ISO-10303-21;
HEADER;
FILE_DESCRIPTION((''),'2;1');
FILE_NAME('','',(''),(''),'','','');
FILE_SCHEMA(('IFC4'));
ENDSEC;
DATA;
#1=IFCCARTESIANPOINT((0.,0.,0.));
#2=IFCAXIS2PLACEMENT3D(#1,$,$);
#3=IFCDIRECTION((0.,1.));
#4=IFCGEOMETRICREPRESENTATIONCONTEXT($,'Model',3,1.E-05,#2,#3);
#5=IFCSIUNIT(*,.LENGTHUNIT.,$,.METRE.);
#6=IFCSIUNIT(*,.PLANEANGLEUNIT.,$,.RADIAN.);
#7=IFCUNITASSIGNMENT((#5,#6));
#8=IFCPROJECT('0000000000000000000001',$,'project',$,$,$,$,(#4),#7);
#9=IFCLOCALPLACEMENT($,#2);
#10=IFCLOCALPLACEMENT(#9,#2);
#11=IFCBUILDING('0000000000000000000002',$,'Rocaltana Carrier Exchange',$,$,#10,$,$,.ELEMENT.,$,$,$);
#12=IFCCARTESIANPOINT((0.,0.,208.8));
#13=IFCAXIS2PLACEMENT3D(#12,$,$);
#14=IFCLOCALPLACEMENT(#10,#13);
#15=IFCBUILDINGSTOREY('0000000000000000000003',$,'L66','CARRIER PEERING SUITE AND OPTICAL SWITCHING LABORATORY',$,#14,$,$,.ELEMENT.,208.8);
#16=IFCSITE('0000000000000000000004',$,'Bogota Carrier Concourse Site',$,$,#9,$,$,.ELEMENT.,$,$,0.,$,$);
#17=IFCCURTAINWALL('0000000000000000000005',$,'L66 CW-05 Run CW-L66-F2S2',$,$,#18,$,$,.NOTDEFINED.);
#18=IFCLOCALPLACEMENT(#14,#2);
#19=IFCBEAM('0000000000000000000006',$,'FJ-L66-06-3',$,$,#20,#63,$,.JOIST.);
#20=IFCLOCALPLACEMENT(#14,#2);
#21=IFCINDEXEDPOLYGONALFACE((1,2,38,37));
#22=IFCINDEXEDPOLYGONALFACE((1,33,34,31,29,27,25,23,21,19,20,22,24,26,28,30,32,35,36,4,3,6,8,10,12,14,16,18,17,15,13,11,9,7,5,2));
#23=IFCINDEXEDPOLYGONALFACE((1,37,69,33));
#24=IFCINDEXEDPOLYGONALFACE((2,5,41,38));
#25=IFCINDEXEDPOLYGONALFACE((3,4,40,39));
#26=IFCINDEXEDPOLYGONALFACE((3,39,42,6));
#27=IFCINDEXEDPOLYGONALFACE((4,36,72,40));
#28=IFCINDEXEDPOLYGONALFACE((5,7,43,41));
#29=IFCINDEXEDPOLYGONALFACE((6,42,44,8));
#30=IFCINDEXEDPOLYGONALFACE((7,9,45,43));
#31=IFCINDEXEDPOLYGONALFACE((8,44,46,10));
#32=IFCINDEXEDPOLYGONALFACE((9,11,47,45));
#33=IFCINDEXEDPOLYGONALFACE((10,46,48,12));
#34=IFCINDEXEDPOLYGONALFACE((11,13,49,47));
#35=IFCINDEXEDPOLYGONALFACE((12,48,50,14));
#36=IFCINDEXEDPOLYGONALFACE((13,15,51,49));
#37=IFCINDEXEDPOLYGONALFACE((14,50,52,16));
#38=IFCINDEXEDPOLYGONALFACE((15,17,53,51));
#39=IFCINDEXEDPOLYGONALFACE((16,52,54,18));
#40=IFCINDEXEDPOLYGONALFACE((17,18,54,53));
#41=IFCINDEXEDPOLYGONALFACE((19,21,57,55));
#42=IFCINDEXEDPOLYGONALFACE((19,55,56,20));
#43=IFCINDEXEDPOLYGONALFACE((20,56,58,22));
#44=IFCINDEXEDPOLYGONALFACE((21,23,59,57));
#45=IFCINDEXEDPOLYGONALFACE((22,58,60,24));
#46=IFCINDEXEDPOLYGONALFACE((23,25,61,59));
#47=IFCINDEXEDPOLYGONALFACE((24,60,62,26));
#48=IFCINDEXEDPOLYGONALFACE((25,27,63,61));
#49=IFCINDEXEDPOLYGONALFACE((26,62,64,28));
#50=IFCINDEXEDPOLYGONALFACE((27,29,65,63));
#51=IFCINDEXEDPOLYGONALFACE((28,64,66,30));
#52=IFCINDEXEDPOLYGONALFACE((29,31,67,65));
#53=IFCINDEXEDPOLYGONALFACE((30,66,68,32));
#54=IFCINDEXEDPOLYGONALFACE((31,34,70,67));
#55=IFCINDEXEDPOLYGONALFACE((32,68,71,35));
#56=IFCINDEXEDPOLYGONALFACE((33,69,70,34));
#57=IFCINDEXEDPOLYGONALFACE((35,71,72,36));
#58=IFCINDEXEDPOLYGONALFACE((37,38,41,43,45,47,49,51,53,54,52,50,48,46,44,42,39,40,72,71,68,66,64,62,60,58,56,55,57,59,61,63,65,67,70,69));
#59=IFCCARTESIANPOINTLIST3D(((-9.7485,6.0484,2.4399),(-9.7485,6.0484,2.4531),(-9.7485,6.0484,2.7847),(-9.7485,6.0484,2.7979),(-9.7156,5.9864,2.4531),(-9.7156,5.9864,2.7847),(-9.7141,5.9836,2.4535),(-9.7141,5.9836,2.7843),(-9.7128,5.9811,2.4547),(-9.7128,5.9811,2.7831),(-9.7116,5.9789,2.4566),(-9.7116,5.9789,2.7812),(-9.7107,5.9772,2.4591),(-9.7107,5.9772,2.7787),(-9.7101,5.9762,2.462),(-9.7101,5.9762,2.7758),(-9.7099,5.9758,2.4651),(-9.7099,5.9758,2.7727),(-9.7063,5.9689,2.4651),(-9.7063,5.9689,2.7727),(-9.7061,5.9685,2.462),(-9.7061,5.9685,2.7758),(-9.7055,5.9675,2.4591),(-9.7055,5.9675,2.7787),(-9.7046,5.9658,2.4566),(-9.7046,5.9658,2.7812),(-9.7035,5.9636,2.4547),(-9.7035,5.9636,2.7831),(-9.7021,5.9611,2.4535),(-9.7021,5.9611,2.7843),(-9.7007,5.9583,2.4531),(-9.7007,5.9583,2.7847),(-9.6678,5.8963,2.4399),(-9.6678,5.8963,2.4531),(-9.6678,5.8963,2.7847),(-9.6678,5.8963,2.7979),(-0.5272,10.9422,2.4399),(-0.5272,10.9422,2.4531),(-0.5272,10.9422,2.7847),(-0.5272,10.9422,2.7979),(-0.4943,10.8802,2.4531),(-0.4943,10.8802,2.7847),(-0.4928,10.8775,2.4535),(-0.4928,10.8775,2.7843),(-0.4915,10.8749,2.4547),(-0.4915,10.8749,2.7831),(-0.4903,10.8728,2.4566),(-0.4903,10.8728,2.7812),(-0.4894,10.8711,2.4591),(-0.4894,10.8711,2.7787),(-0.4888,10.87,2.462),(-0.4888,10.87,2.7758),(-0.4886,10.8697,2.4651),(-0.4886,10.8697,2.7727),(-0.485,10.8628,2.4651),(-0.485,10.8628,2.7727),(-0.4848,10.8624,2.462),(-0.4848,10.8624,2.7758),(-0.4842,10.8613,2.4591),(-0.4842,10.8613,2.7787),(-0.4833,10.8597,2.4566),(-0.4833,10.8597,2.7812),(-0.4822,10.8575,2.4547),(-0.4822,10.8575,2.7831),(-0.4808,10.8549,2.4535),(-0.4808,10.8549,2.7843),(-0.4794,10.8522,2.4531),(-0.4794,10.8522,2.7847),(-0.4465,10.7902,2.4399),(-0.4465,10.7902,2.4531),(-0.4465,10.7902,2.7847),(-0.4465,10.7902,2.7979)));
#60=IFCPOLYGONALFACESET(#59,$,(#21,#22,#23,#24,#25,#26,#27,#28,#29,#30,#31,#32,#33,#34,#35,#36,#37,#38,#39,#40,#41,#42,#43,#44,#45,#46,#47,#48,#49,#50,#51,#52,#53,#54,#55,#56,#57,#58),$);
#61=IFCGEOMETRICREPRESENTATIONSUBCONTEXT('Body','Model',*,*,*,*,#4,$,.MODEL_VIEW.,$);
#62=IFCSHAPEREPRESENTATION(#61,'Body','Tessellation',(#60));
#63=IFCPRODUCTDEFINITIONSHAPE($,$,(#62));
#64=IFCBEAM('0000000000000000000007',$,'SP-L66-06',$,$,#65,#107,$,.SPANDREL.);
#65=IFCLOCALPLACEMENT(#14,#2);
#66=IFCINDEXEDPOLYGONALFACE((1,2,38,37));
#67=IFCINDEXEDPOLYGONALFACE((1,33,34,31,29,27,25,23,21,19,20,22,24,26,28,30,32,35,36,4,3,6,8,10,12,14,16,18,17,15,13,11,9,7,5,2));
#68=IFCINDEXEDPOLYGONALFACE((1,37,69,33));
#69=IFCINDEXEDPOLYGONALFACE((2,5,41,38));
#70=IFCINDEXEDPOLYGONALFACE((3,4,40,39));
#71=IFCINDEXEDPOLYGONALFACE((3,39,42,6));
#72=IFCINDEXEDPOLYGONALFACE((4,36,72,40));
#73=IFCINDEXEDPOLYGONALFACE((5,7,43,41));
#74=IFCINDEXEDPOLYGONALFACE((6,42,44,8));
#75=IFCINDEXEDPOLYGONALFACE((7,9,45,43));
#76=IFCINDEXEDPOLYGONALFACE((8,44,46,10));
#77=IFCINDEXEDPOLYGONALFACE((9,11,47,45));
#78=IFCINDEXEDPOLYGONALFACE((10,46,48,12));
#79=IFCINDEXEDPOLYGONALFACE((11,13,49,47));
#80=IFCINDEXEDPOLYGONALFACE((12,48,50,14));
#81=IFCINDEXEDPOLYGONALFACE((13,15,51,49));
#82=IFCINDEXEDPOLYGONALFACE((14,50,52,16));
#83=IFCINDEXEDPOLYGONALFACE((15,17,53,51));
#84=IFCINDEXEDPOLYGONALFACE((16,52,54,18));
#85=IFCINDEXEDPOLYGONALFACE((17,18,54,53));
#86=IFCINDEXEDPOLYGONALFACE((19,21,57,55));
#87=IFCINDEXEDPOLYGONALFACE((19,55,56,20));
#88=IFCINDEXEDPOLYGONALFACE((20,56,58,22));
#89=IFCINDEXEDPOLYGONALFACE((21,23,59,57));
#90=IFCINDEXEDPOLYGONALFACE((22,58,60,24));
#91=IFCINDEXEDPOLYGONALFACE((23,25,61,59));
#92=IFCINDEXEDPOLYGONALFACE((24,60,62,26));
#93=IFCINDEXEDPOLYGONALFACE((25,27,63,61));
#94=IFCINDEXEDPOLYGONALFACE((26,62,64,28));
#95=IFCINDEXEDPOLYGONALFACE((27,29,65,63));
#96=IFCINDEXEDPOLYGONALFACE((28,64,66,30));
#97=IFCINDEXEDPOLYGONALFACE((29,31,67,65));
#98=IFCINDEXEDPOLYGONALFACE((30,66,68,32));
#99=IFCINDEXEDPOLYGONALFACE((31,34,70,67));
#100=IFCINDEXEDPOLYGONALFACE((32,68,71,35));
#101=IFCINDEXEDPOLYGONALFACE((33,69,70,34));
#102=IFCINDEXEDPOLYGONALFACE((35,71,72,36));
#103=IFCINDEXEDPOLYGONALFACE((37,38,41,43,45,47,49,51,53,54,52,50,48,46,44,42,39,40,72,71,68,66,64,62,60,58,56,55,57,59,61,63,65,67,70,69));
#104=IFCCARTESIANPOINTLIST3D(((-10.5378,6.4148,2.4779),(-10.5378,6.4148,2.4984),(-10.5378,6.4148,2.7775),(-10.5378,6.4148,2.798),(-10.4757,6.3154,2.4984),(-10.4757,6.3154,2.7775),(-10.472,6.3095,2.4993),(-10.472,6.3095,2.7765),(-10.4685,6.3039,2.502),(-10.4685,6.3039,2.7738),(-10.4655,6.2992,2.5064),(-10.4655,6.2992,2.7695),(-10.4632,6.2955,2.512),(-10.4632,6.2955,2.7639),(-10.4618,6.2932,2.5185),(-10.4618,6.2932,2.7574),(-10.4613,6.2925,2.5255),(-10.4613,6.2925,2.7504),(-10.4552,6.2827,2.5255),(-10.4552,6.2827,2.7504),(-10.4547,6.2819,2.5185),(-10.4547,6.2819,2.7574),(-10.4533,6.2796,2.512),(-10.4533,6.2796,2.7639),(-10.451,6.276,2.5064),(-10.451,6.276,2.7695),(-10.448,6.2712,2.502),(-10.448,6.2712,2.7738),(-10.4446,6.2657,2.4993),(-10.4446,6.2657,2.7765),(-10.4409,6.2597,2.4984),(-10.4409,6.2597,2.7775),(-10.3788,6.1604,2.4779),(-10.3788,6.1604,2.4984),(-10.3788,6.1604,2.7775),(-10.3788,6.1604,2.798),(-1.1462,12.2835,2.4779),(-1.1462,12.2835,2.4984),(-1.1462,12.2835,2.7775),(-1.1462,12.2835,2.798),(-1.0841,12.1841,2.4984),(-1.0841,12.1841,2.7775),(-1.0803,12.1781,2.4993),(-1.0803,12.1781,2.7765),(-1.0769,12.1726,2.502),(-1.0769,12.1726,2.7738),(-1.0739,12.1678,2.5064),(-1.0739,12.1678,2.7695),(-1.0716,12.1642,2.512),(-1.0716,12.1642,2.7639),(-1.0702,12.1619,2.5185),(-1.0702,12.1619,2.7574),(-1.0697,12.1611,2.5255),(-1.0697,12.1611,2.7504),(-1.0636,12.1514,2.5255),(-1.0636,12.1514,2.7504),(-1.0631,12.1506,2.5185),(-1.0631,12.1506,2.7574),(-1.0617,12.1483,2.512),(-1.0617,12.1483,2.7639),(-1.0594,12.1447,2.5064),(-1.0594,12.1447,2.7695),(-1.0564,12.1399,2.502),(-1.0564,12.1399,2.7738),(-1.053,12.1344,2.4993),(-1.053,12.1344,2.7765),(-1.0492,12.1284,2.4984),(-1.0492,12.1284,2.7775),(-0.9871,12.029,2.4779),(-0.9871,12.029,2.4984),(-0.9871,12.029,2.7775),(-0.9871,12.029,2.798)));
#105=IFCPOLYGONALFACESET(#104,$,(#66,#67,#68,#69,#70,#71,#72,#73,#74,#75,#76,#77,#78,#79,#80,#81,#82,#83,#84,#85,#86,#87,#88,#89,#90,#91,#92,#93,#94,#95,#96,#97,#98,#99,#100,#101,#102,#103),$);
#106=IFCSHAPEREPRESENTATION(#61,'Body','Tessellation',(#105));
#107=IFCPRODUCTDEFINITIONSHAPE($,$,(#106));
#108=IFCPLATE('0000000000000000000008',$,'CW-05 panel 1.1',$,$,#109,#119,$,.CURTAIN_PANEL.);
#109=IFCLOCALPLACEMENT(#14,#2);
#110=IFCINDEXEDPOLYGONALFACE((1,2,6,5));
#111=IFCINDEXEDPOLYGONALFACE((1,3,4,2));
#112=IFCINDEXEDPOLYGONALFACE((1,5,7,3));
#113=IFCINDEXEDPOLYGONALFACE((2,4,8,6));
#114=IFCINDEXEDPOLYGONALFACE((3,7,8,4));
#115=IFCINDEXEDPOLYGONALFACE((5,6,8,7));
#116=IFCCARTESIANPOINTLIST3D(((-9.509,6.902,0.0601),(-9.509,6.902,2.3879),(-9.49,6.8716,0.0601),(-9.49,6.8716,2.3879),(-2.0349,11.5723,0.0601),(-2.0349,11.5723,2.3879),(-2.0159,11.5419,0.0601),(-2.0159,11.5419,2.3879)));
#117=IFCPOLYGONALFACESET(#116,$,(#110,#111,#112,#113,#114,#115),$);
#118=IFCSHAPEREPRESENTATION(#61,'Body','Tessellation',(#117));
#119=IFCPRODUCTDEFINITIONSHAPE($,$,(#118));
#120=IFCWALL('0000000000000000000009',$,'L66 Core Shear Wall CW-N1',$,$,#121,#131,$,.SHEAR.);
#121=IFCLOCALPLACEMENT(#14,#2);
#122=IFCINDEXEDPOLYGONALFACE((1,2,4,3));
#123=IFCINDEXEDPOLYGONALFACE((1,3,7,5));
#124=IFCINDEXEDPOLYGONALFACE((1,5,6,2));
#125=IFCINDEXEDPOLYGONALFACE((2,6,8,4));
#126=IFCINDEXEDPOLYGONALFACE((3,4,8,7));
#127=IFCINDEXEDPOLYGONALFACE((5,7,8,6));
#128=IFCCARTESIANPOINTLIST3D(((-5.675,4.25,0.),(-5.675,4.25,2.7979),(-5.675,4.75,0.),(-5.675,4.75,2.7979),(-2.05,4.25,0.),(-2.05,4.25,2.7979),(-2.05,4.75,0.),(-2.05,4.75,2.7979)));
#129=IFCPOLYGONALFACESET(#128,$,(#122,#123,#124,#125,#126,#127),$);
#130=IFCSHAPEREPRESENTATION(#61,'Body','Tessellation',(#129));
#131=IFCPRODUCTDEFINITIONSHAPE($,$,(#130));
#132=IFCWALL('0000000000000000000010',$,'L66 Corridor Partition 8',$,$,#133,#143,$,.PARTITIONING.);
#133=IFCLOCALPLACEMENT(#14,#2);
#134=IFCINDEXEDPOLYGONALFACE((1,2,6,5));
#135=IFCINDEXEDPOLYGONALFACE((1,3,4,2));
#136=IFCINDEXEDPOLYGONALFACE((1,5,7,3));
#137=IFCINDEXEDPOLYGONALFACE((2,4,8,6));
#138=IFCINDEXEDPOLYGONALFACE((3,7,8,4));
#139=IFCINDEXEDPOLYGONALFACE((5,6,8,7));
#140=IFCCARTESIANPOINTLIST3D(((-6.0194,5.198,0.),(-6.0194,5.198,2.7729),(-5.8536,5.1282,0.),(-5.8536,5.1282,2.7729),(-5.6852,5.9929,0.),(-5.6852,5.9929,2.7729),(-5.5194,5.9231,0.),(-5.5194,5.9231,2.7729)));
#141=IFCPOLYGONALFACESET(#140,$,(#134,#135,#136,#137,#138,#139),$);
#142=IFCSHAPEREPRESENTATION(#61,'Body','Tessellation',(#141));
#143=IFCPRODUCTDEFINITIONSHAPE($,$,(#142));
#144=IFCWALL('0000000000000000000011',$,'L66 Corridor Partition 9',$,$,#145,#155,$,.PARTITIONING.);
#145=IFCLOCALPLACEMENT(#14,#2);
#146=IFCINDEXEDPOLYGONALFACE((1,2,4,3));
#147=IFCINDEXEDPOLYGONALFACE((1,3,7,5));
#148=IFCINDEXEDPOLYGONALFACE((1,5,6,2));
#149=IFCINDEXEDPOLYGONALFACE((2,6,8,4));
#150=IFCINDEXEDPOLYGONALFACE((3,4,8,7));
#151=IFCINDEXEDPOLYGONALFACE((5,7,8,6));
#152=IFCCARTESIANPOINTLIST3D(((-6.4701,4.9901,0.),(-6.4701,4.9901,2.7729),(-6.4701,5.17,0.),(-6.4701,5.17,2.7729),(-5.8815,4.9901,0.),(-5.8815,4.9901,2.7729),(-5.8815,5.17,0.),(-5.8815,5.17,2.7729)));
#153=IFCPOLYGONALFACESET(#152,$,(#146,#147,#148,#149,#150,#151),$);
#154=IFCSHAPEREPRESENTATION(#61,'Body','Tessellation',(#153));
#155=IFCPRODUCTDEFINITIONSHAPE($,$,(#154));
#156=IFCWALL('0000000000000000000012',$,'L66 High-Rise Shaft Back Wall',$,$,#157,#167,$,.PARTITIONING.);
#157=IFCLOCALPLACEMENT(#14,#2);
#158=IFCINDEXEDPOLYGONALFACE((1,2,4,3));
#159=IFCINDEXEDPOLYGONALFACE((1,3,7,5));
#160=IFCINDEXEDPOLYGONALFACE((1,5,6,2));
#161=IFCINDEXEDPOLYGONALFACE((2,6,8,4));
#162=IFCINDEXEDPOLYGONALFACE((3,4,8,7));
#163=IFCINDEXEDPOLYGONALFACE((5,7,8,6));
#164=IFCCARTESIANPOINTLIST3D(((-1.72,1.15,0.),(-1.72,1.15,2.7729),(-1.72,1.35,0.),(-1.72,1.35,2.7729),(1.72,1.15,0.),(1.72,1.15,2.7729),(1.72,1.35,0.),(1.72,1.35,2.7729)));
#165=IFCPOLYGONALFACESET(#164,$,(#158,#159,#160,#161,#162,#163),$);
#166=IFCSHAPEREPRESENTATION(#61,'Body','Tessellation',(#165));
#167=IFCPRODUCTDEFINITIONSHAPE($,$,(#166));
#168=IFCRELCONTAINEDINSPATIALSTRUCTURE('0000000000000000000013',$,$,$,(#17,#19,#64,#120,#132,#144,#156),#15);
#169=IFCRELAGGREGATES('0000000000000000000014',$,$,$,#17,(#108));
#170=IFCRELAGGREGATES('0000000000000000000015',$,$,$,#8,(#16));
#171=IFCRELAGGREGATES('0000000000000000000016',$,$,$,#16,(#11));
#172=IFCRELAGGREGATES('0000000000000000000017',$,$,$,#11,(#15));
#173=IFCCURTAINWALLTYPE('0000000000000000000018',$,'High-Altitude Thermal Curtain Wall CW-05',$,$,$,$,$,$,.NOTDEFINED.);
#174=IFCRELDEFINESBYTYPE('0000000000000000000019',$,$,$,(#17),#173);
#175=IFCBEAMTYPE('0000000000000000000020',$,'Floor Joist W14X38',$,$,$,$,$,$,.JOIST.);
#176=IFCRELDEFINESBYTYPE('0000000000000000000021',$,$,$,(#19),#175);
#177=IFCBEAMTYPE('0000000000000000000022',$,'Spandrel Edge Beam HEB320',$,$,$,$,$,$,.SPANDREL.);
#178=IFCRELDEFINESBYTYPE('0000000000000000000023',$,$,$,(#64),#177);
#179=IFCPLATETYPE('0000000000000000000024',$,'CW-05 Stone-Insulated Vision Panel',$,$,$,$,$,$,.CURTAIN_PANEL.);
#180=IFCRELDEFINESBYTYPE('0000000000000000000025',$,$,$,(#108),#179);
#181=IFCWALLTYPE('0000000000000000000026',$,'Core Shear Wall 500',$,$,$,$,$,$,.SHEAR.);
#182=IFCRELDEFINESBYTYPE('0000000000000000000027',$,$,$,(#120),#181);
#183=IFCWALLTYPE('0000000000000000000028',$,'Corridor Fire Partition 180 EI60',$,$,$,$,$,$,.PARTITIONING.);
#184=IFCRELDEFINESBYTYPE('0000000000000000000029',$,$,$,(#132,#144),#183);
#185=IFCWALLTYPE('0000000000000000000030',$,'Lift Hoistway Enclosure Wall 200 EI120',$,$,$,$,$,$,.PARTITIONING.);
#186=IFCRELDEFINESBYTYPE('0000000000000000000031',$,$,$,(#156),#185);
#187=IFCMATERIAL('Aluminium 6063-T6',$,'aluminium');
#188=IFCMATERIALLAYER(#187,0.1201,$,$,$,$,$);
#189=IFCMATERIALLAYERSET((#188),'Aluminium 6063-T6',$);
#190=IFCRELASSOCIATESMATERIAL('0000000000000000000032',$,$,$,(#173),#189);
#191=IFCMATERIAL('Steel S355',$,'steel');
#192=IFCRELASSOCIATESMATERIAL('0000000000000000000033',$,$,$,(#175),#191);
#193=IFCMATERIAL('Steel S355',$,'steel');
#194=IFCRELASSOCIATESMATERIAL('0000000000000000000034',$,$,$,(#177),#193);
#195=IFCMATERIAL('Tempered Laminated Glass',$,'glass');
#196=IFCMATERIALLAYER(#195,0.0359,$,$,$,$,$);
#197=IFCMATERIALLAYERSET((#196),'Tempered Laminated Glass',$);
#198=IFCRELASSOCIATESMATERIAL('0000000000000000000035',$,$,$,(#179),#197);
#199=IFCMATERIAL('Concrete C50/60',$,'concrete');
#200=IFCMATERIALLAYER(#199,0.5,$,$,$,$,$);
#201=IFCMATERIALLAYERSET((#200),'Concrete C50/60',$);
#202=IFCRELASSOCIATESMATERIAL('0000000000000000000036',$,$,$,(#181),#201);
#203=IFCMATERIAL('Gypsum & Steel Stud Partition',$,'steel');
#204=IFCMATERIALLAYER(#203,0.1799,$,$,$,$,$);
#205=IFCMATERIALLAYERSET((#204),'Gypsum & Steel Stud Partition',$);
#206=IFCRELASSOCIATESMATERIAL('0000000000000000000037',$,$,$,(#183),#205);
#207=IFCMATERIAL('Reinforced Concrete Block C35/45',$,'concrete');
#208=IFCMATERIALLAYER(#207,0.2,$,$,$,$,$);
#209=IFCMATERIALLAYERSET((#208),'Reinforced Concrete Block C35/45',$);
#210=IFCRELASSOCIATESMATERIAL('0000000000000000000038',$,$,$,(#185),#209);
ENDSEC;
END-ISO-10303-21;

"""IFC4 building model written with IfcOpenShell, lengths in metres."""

from ifc_helpers import new_model, si_unit, direction, frame, frame_2d, origin, origin_2d, place, context, subcontext, project, spatial, rectangle, i_section, extrude, material, layer, layer_set, material_profile, profile_set, type_object, element, aggregate, save


model = new_model("IFC4")

# Units and contexts
model_context = context("Model", 3, precision=1e-05, world=origin(), true_north=direction((0.0, 1.0)))
body_context = subcontext(model_context, "Body", "Model", "MODEL_VIEW")
ifc_project = project(units=[si_unit("LENGTHUNIT", "METRE"), si_unit("PLANEANGLEUNIT", "RADIAN")], contexts=[model_context])

# Site, building, storey
site_placement = place(None, origin())
site = spatial("IfcSite", under=ifc_project, at=site_placement, Name="Bogota Carrier Concourse Site", CompositionType="ELEMENT", RefElevation=0.0)
building_placement = place(site_placement, origin())
building = spatial("IfcBuilding", under=site, at=building_placement, Name="Rocaltana Carrier Exchange", CompositionType="ELEMENT")
storey_placement = place(building_placement, frame((0.0, 0.0, 208.8)))
storey = spatial("IfcBuildingStorey", under=building, at=storey_placement, Name="L66", Description="CARRIER PEERING SUITE AND OPTICAL SWITCHING LABORATORY", CompositionType="ELEMENT", Elevation=208.8)

# Curtain wall
ifc_material_1 = material(Name="Aluminium 6063-T6", Category="aluminium")
ifc_layer_1 = layer(ifc_material_1, 0.1201)
ifc_layer_set_1 = layer_set([ifc_layer_1], Name="Aluminium 6063-T6")
curtain_wall_type = type_object("IfcCurtainWallType", Name="High-Altitude Thermal Curtain Wall CW-05", PredefinedType="NOTDEFINED", material=ifc_layer_set_1)
curtain_wall_placement = place(storey_placement, origin())
curtain_wall = element("IfcCurtainWall", 1, at=curtain_wall_placement, inside=storey, type_object=curtain_wall_type, Name="L66 CW-05 Run CW-L66-F2S2", PredefinedType="NOTDEFINED")

# Beams
ifc_material_2 = material(Name="Steel S355", Category="steel")
ifc_material_profile_1 = material_profile(ifc_material_2, i_section(OverallWidth=0.1721, OverallDepth=0.3579, WebThickness=0.0078, FlangeThickness=0.0132, FilletRadius=0.012, at=origin_2d()), Name="W14X38")
ifc_profile_set_1 = profile_set([ifc_material_profile_1], Name="Steel S355")
beam_type_1 = type_object("IfcBeamType", Name="Floor Joist W14X38", PredefinedType="JOIST", material=ifc_profile_set_1)
beam_1_placement = place(storey_placement, frame((-0.4868, 10.8662, 2.6189), z_axis=(-0.883312, -0.468785, 0.0), x_axis=(0.468785, -0.883312, 0.0)))
element("IfcBeam", 2, at=beam_1_placement, inside=storey, type_object=beam_type_1, Name="FJ-L66-06-3", PredefinedType="JOIST", context=body_context, shape_type="SweptSolid", body=[
    extrude(i_section(OverallWidth=0.1721, OverallDepth=0.3579, WebThickness=0.0078, FlangeThickness=0.0132, FilletRadius=0.012, at=origin_2d()), origin(), (0.0, 0.0, 1.0), 10.4395),
])
ifc_material_3 = material(Name="Steel S355", Category="steel")
ifc_material_profile_2 = material_profile(ifc_material_3, i_section(OverallWidth=0.3, OverallDepth=0.3201, WebThickness=0.0115, FlangeThickness=0.0205, FilletRadius=0.0271, at=origin_2d()), Name="HEB320")
ifc_profile_set_2 = profile_set([ifc_material_profile_2], Name="Steel S355")
beam_type_2 = type_object("IfcBeamType", Name="Spandrel Edge Beam HEB320", PredefinedType="SPANDREL", material=ifc_profile_set_2)
beam_2_placement = place(storey_placement, frame((-1.0667, 12.1562, 2.6379), z_axis=(-0.848043, -0.529928, 0.0), x_axis=(0.529928, -0.848043, 0.0)))
element("IfcBeam", 3, at=beam_2_placement, inside=storey, type_object=beam_type_2, Name="SP-L66-06", PredefinedType="SPANDREL", context=body_context, shape_type="SweptSolid", body=[
    extrude(i_section(OverallWidth=0.3, OverallDepth=0.3201, WebThickness=0.0115, FlangeThickness=0.0205, FilletRadius=0.0271, at=origin_2d()), origin(), (0.0, 0.0, 1.0), 11.0745),
])

# Plate
ifc_material_4 = material(Name="Tempered Laminated Glass", Category="glass")
ifc_layer_2 = layer(ifc_material_4, 0.0359)
ifc_layer_set_2 = layer_set([ifc_layer_2], Name="Tempered Laminated Glass")
plate_type = type_object("IfcPlateType", Name="CW-05 Stone-Insulated Vision Panel", PredefinedType="CURTAIN_PANEL", material=ifc_layer_set_2)
plate_placement = place(storey_placement, frame((-5.7625, 9.2219, 0.0601), z_axis=(0.0, 0.0, 1.0), x_axis=(-0.848047, -0.52992, 0.0)))
plate = element("IfcPlate", 4, at=plate_placement, type_object=plate_type, Name="CW-05 panel 1.1", PredefinedType="CURTAIN_PANEL", context=body_context, shape_type="SweptSolid", body=[
    extrude(rectangle(XDim=8.8132, YDim=0.0359, at=origin_2d()), origin(), (0.0, 0.0, 1.0), 2.3279),
])
aggregate(curtain_wall, [plate])

# Walls
ifc_material_5 = material(Name="Concrete C50/60", Category="concrete")
ifc_layer_3 = layer(ifc_material_5, 0.5)
ifc_layer_set_3 = layer_set([ifc_layer_3], Name="Concrete C50/60")
wall_type_1 = type_object("IfcWallType", Name="Core Shear Wall 500", PredefinedType="SHEAR", material=ifc_layer_set_3)
wall_1_placement = place(storey_placement, frame((-5.675, 4.5, 0.0), z_axis=(0.0, 0.0, 1.0), x_axis=(1.0, 0.0, 0.0)))
element("IfcWall", 5, at=wall_1_placement, inside=storey, type_object=wall_type_1, Name="L66 Core Shear Wall CW-N1", PredefinedType="SHEAR", context=body_context, shape_type="SweptSolid", body=[
    extrude(rectangle(XDim=3.625, YDim=0.5, at=frame_2d((1.8125, 0.0))), origin(), (0.0, 0.0, 1.0), 2.7979),
])
ifc_material_6 = material(Name="Gypsum & Steel Stud Partition", Category="steel")
ifc_layer_4 = layer(ifc_material_6, 0.1799)
ifc_layer_set_4 = layer_set([ifc_layer_4], Name="Gypsum & Steel Stud Partition")
wall_type_2 = type_object("IfcWallType", Name="Corridor Fire Partition 180 EI60", PredefinedType="PARTITIONING", material=ifc_layer_set_4)
wall_2_placement = place(storey_placement, frame((-5.6023, 5.958, 0.0), z_axis=(0.0, 0.0, 1.0), x_axis=(-0.387589, -0.921832, 0.0)))
element("IfcWall", 6, at=wall_2_placement, inside=storey, type_object=wall_type_2, Name="L66 Corridor Partition 8", PredefinedType="PARTITIONING", context=body_context, shape_type="SweptSolid", body=[
    extrude(rectangle(XDim=0.8623, YDim=0.1799, at=frame_2d((0.4312, 0.0))), origin(), (0.0, 0.0, 1.0), 2.7729),
])
wall_3_placement = place(storey_placement, frame((-5.8813, 5.0801, 0.0), z_axis=(0.0, 0.0, 1.0), x_axis=(-1.0, 0.0, 0.0)))
element("IfcWall", 7, at=wall_3_placement, inside=storey, type_object=wall_type_2, Name="L66 Corridor Partition 9", PredefinedType="PARTITIONING", context=body_context, shape_type="SweptSolid", body=[
    extrude(rectangle(XDim=0.5886, YDim=0.1799, at=frame_2d((0.2944, 0.0))), origin(), (0.0, 0.0, 1.0), 2.7729),
])
ifc_material_7 = material(Name="Reinforced Concrete Block C35/45", Category="concrete")
ifc_layer_5 = layer(ifc_material_7, 0.2)
ifc_layer_set_5 = layer_set([ifc_layer_5], Name="Reinforced Concrete Block C35/45")
wall_type_3 = type_object("IfcWallType", Name="Lift Hoistway Enclosure Wall 200 EI120", PredefinedType="PARTITIONING", material=ifc_layer_set_5)
wall_4_placement = place(storey_placement, frame((-1.72, 1.25, 0.0), z_axis=(0.0, 0.0, 1.0), x_axis=(1.0, 0.0, 0.0)))
element("IfcWall", 8, at=wall_4_placement, inside=storey, type_object=wall_type_3, Name="L66 High-Rise Shaft Back Wall", PredefinedType="PARTITIONING", context=body_context, shape_type="SweptSolid", body=[
    extrude(rectangle(XDim=3.4399, YDim=0.2, at=frame_2d((1.72, 0.0))), origin(), (0.0, 0.0, 1.0), 2.7729),
])

save(model, "model.ifc")
